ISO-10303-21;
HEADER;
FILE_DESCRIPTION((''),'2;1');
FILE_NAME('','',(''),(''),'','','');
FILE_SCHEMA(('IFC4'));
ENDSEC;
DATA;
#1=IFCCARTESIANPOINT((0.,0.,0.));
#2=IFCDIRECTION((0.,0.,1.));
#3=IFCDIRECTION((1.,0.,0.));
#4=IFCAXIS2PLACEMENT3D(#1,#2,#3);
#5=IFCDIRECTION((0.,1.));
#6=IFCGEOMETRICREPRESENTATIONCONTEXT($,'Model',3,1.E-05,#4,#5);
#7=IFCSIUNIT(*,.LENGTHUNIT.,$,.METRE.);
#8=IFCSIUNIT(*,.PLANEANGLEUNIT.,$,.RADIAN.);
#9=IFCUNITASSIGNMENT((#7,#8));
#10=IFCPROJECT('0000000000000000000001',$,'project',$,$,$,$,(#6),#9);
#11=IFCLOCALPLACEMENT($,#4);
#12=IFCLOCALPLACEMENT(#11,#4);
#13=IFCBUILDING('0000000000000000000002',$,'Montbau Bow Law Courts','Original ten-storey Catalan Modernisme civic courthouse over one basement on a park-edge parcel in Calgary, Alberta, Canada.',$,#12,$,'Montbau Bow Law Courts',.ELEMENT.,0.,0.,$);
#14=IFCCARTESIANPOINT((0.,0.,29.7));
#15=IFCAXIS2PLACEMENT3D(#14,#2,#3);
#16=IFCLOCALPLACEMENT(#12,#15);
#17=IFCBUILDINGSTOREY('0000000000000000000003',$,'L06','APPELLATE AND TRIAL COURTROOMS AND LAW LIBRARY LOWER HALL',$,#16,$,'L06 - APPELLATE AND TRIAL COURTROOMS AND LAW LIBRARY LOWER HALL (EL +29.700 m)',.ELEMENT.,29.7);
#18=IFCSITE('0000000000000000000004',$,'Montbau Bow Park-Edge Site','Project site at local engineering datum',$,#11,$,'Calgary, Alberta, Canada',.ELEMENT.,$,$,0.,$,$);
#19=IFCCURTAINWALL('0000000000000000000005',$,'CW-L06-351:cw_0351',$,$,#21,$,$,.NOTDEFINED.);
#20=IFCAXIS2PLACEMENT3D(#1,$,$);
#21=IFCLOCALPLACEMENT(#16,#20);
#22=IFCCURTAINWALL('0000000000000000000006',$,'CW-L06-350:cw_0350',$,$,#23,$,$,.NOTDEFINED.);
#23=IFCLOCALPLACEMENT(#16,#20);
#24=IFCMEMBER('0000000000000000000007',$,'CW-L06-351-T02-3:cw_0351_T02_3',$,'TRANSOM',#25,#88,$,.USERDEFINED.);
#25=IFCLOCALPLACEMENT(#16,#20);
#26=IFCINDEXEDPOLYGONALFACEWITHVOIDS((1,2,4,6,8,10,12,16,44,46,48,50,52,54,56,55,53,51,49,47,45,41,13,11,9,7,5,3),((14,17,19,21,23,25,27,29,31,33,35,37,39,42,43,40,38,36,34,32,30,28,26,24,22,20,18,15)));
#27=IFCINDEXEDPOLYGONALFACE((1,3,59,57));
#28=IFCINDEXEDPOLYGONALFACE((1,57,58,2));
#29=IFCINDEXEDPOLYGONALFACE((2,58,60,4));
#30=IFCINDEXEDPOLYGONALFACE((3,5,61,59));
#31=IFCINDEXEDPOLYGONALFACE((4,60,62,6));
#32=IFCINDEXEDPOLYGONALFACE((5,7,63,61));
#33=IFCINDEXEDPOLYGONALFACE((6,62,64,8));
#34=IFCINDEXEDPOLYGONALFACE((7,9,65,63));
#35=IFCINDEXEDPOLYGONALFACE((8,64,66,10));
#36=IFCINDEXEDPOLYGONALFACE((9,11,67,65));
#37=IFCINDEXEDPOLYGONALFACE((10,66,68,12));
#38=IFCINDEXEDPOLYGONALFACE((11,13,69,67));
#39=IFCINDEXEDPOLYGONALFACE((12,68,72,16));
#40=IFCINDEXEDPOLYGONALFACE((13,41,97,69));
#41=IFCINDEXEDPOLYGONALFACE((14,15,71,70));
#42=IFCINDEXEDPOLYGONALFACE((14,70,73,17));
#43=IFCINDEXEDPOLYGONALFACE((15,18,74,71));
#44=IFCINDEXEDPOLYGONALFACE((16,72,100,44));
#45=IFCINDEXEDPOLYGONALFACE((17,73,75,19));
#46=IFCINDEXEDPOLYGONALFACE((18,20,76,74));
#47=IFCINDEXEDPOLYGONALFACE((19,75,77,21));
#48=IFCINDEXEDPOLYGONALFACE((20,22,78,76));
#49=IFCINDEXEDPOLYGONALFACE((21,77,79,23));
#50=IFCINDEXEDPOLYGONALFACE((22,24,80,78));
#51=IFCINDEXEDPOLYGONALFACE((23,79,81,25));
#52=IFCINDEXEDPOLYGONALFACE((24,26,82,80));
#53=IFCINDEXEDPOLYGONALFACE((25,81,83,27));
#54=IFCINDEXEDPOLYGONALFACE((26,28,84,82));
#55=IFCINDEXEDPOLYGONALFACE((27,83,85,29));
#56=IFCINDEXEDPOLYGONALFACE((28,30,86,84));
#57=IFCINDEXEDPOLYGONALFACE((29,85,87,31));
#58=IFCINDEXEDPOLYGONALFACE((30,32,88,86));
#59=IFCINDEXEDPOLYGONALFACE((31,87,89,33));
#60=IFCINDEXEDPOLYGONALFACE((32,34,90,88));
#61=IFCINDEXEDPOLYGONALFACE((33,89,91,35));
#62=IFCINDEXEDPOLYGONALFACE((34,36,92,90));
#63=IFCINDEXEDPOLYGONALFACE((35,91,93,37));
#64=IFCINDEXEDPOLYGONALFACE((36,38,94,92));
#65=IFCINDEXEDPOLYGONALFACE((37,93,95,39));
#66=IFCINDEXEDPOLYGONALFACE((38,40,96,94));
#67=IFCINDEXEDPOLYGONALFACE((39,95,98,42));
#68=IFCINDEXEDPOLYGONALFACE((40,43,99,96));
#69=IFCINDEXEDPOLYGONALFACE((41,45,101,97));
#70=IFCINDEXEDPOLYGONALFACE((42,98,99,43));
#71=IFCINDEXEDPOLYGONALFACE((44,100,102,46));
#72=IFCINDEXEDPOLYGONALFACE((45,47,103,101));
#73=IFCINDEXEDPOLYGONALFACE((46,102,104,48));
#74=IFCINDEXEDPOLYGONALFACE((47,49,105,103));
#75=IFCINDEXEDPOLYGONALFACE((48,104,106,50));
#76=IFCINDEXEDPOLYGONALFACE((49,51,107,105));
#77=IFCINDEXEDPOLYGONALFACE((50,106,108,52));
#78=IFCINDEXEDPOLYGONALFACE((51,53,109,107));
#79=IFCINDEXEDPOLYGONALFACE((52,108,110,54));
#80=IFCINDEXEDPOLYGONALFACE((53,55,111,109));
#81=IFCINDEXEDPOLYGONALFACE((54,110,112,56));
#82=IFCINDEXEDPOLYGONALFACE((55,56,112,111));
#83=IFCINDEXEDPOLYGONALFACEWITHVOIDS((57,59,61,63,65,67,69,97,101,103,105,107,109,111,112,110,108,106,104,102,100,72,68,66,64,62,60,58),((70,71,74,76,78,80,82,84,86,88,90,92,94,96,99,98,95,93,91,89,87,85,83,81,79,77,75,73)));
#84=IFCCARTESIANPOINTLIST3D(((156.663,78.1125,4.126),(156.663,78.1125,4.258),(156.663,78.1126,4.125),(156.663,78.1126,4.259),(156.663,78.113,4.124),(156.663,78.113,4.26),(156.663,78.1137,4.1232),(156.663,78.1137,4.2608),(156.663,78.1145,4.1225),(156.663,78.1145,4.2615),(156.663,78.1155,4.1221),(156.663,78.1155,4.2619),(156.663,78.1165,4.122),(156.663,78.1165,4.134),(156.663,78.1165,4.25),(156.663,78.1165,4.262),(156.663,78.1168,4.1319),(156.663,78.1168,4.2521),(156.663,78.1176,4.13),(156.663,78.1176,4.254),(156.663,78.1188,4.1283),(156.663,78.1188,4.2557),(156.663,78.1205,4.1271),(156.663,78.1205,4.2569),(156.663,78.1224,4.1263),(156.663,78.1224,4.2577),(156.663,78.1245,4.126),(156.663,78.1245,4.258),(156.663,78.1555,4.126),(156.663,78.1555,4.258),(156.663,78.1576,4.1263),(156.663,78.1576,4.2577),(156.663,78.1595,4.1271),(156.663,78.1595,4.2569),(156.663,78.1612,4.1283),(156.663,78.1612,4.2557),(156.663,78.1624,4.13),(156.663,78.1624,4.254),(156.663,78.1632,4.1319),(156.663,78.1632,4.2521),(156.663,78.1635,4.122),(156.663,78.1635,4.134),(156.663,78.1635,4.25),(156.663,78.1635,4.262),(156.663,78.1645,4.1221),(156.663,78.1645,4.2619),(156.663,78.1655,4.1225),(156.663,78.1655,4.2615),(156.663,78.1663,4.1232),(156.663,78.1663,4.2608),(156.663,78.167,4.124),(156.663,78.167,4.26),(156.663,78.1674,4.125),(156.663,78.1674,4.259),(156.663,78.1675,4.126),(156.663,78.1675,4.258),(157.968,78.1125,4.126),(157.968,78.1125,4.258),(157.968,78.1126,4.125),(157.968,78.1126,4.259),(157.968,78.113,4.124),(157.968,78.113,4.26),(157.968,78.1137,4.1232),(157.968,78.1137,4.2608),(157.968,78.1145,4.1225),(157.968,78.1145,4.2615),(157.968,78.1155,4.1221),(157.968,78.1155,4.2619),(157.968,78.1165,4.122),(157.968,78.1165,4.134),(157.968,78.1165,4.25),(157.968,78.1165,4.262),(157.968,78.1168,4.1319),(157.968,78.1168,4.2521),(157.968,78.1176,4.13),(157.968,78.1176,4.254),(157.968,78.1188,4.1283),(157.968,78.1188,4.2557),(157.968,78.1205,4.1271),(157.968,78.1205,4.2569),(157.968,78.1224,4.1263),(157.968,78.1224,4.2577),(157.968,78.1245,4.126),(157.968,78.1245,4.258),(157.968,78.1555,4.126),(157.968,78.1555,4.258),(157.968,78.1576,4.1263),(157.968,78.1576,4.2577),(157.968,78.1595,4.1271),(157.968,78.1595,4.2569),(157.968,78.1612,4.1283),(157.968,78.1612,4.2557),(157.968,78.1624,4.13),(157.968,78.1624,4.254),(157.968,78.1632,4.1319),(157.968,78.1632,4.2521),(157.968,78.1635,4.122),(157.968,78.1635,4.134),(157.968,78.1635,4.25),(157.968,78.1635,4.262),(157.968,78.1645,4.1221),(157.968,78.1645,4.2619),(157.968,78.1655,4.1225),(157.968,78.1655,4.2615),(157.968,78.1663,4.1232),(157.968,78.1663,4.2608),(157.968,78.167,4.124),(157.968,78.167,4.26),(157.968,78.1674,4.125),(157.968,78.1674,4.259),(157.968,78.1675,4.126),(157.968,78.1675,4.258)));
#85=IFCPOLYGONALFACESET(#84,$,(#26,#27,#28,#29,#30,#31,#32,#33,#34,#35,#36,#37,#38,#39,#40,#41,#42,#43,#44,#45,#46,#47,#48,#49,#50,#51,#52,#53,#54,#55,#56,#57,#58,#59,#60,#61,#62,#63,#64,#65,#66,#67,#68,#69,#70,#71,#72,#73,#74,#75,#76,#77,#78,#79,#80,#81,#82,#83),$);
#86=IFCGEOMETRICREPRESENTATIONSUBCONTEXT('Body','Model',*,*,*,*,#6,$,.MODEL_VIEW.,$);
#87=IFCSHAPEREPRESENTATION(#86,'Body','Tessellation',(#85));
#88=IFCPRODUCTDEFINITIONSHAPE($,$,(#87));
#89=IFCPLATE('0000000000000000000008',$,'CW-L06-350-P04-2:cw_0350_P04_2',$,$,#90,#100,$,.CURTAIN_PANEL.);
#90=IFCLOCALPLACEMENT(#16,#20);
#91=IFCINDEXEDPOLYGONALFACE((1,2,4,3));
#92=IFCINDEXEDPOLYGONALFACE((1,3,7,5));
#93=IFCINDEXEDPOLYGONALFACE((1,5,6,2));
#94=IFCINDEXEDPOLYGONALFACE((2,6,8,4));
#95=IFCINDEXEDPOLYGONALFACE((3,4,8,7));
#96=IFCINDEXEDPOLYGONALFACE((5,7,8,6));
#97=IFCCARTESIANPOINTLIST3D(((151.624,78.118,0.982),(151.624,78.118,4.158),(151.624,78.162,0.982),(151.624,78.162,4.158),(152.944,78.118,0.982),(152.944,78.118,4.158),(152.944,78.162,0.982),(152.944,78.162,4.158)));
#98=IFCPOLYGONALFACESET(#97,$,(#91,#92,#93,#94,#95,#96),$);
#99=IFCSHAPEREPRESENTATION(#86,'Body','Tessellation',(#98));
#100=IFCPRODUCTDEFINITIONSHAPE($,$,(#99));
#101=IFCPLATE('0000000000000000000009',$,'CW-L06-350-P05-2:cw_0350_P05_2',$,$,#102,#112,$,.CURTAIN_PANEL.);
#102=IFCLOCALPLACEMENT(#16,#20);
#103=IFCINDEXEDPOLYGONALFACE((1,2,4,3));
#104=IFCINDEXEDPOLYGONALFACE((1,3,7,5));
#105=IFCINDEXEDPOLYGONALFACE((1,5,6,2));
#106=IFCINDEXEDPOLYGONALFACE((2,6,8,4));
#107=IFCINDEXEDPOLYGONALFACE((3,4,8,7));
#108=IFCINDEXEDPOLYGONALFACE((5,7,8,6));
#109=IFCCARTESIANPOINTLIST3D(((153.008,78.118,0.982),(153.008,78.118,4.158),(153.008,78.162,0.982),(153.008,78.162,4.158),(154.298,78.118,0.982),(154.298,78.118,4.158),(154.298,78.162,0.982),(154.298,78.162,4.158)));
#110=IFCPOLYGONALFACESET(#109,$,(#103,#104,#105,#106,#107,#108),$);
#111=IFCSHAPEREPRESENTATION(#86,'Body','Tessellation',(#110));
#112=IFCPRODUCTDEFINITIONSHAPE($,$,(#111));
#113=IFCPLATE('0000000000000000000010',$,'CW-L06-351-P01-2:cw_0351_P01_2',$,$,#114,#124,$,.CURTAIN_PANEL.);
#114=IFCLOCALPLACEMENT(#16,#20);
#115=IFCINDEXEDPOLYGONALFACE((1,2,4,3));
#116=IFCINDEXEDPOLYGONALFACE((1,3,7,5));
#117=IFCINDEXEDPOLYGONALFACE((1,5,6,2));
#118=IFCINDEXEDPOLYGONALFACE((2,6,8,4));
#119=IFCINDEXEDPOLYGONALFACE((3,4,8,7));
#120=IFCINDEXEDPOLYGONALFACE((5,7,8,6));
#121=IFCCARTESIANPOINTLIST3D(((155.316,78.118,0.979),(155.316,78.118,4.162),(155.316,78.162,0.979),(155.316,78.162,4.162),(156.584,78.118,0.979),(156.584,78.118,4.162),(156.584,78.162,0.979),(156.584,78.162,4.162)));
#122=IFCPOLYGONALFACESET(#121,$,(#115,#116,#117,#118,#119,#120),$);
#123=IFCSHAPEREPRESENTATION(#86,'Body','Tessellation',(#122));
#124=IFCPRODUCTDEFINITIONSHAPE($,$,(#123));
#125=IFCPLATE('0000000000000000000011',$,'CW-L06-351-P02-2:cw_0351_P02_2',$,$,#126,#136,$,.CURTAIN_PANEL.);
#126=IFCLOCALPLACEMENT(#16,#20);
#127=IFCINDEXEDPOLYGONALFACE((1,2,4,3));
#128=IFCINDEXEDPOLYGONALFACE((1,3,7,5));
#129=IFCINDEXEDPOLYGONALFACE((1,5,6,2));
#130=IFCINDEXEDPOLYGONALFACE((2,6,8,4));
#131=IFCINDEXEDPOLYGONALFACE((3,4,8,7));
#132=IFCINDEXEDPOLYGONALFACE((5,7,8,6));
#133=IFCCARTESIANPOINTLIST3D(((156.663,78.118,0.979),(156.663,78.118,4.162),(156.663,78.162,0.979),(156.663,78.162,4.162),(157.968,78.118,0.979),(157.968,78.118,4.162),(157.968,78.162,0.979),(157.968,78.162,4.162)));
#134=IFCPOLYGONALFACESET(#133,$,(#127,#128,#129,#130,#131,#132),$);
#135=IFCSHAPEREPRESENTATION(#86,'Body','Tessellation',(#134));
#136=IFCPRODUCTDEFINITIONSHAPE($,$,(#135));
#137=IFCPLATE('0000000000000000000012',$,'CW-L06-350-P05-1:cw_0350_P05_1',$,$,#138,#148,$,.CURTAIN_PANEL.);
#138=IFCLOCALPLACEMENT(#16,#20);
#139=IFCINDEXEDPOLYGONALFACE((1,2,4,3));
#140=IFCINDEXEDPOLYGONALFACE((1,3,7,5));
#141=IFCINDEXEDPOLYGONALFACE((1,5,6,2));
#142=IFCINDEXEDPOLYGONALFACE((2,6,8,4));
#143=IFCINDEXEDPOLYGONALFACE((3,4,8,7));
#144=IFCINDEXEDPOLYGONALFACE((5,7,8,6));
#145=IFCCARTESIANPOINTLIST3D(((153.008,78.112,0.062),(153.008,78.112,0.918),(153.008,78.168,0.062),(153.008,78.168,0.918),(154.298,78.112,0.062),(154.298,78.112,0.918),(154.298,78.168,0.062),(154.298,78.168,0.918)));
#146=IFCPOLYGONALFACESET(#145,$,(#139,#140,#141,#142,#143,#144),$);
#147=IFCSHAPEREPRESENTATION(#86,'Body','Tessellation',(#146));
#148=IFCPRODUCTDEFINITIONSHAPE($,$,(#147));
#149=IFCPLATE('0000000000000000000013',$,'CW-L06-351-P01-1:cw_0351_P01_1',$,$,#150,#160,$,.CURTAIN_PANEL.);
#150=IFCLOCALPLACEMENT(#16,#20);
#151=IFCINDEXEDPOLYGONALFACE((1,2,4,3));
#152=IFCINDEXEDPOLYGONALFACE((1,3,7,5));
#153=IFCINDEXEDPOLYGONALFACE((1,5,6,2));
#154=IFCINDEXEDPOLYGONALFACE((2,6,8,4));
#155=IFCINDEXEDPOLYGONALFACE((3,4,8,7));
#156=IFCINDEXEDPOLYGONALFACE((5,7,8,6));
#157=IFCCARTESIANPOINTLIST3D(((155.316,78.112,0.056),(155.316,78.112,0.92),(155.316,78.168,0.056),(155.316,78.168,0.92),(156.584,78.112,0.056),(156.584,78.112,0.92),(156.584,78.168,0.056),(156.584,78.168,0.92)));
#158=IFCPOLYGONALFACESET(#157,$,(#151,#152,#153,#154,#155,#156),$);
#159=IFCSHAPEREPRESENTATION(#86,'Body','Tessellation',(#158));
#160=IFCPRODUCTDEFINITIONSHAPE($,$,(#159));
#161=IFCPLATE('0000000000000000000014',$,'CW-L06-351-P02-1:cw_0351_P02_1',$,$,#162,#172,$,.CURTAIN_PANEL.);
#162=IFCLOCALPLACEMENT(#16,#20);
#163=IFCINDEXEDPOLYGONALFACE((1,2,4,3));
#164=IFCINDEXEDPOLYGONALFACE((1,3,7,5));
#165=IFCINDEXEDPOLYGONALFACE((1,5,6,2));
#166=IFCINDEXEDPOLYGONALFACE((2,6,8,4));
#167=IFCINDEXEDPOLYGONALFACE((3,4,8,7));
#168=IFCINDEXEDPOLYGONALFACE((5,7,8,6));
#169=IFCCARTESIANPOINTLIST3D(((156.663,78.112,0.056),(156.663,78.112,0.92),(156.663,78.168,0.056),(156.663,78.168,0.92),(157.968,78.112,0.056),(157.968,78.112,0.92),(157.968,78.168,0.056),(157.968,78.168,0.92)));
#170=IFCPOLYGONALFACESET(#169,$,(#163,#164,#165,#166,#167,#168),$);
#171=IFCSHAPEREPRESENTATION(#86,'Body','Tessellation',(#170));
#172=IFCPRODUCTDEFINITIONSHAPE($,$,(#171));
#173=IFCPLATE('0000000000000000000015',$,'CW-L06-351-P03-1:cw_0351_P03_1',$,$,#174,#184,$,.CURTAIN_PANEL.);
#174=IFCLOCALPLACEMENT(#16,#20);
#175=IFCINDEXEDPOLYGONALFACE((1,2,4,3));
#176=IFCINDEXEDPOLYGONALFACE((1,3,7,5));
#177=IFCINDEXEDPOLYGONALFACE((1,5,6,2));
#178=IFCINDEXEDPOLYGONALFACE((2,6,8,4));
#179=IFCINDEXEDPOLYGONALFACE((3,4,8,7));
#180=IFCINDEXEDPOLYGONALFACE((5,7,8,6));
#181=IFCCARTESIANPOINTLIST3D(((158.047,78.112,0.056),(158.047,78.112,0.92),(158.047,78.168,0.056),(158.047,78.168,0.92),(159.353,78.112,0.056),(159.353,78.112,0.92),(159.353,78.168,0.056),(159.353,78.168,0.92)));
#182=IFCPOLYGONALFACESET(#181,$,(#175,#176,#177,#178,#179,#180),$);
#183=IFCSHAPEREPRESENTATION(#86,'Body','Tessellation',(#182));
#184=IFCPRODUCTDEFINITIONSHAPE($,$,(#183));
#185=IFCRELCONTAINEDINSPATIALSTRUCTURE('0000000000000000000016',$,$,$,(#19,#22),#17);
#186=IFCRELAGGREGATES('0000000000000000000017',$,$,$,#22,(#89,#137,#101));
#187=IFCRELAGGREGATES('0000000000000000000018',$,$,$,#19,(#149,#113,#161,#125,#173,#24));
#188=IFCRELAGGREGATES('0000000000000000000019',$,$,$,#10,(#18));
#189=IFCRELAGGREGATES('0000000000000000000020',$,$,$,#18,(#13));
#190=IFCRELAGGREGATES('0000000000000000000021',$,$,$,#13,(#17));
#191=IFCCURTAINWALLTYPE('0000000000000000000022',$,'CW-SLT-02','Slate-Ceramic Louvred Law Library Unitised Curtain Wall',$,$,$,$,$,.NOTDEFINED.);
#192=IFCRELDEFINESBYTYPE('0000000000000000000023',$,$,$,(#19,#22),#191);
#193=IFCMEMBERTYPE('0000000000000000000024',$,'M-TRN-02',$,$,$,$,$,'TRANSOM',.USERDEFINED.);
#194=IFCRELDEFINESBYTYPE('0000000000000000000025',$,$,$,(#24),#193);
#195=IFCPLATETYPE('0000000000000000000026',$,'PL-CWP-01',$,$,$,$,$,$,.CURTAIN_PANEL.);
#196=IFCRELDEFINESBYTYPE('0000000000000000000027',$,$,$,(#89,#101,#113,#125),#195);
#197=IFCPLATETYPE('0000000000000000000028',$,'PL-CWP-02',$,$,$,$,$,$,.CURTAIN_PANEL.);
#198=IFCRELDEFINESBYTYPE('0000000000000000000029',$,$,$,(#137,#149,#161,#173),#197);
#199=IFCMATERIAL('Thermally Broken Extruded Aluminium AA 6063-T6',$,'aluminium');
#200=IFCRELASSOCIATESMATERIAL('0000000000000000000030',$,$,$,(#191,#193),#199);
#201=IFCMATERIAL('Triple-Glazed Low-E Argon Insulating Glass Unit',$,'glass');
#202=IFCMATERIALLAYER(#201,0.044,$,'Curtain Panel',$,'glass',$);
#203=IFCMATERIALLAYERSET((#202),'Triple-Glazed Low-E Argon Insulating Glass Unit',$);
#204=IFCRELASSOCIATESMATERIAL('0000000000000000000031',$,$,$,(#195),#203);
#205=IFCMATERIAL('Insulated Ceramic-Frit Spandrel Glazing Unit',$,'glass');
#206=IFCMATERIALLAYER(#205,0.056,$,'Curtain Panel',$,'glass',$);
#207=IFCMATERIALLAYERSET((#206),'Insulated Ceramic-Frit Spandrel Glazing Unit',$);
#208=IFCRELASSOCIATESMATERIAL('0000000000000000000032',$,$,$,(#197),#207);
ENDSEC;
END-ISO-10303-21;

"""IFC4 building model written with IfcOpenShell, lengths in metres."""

from ifc_helpers import new_model, si_unit, direction, frame, frame_2d, origin_with_axes, origin_2d_with_axis, place, context, subcontext, project, spatial, rectangle, hollow_rectangle, extrude, material, layer, layer_set, material_profile, profile_set, type_object, element, aggregate, save


model = new_model("IFC4")

# Units and contexts
model_context = context("Model", 3, precision=1e-05, world=origin_with_axes(), true_north=direction((0.0, 1.0)))
body_context = subcontext(model_context, "Body", "Model", "MODEL_VIEW")
ifc_project = project(units=[si_unit("LENGTHUNIT", "METRE"), si_unit("PLANEANGLEUNIT", "RADIAN")], contexts=[model_context])

# Site, building, storey
site_placement = place(None, origin_with_axes())
site = spatial("IfcSite", under=ifc_project, at=site_placement, Name="Montbau Bow Park-Edge Site", Description="Project site at local engineering datum", LongName="Calgary, Alberta, Canada", CompositionType="ELEMENT", RefElevation=0.0)
building_placement = place(site_placement, origin_with_axes())
building = spatial("IfcBuilding", under=site, at=building_placement, Name="Montbau Bow Law Courts", Description="Original ten-storey Catalan Modernisme civic courthouse over one basement on a park-edge parcel in Calgary, Alberta, Canada.", LongName="Montbau Bow Law Courts", CompositionType="ELEMENT", ElevationOfRefHeight=0.0, ElevationOfTerrain=0.0)
storey_placement = place(building_placement, frame((0.0, 0.0, 29.7), z_axis=(0.0, 0.0, 1.0), x_axis=(1.0, 0.0, 0.0)))
storey = spatial("IfcBuildingStorey", under=building, at=storey_placement, Name="L06", Description="APPELLATE AND TRIAL COURTROOMS AND LAW LIBRARY LOWER HALL", LongName="L06 - APPELLATE AND TRIAL COURTROOMS AND LAW LIBRARY LOWER HALL (EL +29.700 m)", CompositionType="ELEMENT", Elevation=29.7)

# Curtain walls
ifc_material_1 = material(Name="Thermally Broken Extruded Aluminium AA 6063-T6", Category="aluminium")
curtain_wall_type = type_object("IfcCurtainWallType", Name="CW-SLT-02", Description="Slate-Ceramic Louvred Law Library Unitised Curtain Wall", PredefinedType="NOTDEFINED", material=ifc_material_1)
curtain_wall_1_placement = place(None, frame((155.24, 78.14, 29.7), z_axis=(0.0, 0.0, 1.0), x_axis=(1.0, 0.0, 0.0)))
curtain_wall_1 = element("IfcCurtainWall", 1, at=curtain_wall_1_placement, inside=storey, type_object=curtain_wall_type, Name="CW-L06-351:cw_0351", PredefinedType="NOTDEFINED")
curtain_wall_2_placement = place(None, frame((147.44, 78.14, 29.7), z_axis=(0.0, 0.0, 1.0), x_axis=(1.0, 0.0, 0.0)))
curtain_wall_2 = element("IfcCurtainWall", 2, at=curtain_wall_2_placement, inside=storey, type_object=curtain_wall_type, Name="CW-L06-350:cw_0350", PredefinedType="NOTDEFINED")

# Member
ifc_material_profile_1 = material_profile(ifc_material_1, hollow_rectangle(XDim=0.055, YDim=0.14, WallThickness=0.004, InnerFilletRadius=0.008, OuterFilletRadius=0.004, at=origin_2d_with_axis()), Name="CWT-140X55", Category="Main", Priority=0)
ifc_profile_set_1 = profile_set([ifc_material_profile_1], Name="Thermally Broken Extruded Aluminium AA 6063-T6")
member_type_1 = type_object("IfcMemberType", Name="M-TRN-02", ElementType="TRANSOM", PredefinedType="USERDEFINED", material=ifc_profile_set_1)
member_1_placement = place(None, frame((156.663, 78.14, 33.892), z_axis=(1.0, 0.0, 0.0), x_axis=(0.0, 1.0, 0.0)))
member_1 = element("IfcMember", 3, at=member_1_placement, type_object=member_type_1, Name="CW-L06-351-T02-3:cw_0351_T02_3", ObjectType="TRANSOM", PredefinedType="USERDEFINED", context=body_context, shape_type="SweptSolid", body=[
    extrude(hollow_rectangle(XDim=0.055, YDim=0.14, WallThickness=0.004, InnerFilletRadius=0.008, OuterFilletRadius=0.004, at=origin_2d_with_axis()), origin_with_axes(), (0.0, 0.0, 1.0), 1.305),
])

# Plates
ifc_material_2 = material(Name="Triple-Glazed Low-E Argon Insulating Glass Unit", Category="glass")
ifc_layer_1 = layer(ifc_material_2, 0.044, Name="Curtain Panel", Category="glass")
ifc_layer_set_1 = layer_set([ifc_layer_1], Name="Triple-Glazed Low-E Argon Insulating Glass Unit")
plate_type_1 = type_object("IfcPlateType", Name="PL-CWP-01", PredefinedType="CURTAIN_PANEL", material=ifc_layer_set_1)
plate_1_placement = place(None, frame((151.624, 78.14, 30.682), z_axis=(0.0, -1.0, 0.0), x_axis=(1.0, 0.0, 0.0)))
plate_1 = element("IfcPlate", 4, at=plate_1_placement, type_object=plate_type_1, Name="CW-L06-350-P04-2:cw_0350_P04_2", PredefinedType="CURTAIN_PANEL", context=body_context, shape_type="SweptSolid", body=[
    extrude(rectangle(XDim=1.32, YDim=3.176, at=frame_2d((0.66, 1.588), x_axis=(1.0, 0.0))), frame((0.0, 0.0, -0.022), z_axis=(0.0, 0.0, 1.0), x_axis=(1.0, 0.0, 0.0)), (0.0, 0.0, 1.0), 0.044),
])
plate_2_placement = place(None, frame((153.008, 78.14, 30.682), z_axis=(0.0, -1.0, 0.0), x_axis=(1.0, 0.0, 0.0)))
plate_2 = element("IfcPlate", 5, at=plate_2_placement, type_object=plate_type_1, Name="CW-L06-350-P05-2:cw_0350_P05_2", PredefinedType="CURTAIN_PANEL", context=body_context, shape_type="SweptSolid", body=[
    extrude(rectangle(XDim=1.29, YDim=3.176, at=frame_2d((0.645, 1.588), x_axis=(1.0, 0.0))), frame((0.0, 0.0, -0.022), z_axis=(0.0, 0.0, 1.0), x_axis=(1.0, 0.0, 0.0)), (0.0, 0.0, 1.0), 0.044),
])
plate_3_placement = place(None, frame((155.316, 78.14, 30.679), z_axis=(0.0, -1.0, 0.0), x_axis=(1.0, 0.0, 0.0)))
plate_3 = element("IfcPlate", 6, at=plate_3_placement, type_object=plate_type_1, Name="CW-L06-351-P01-2:cw_0351_P01_2", PredefinedType="CURTAIN_PANEL", context=body_context, shape_type="SweptSolid", body=[
    extrude(rectangle(XDim=1.268, YDim=3.183, at=frame_2d((0.634, 1.5915), x_axis=(1.0, 0.0))), frame((0.0, 0.0, -0.022), z_axis=(0.0, 0.0, 1.0), x_axis=(1.0, 0.0, 0.0)), (0.0, 0.0, 1.0), 0.044),
])
plate_4_placement = place(None, frame((156.663, 78.14, 30.679), z_axis=(0.0, -1.0, 0.0), x_axis=(1.0, 0.0, 0.0)))
plate_4 = element("IfcPlate", 7, at=plate_4_placement, type_object=plate_type_1, Name="CW-L06-351-P02-2:cw_0351_P02_2", PredefinedType="CURTAIN_PANEL", context=body_context, shape_type="SweptSolid", body=[
    extrude(rectangle(XDim=1.305, YDim=3.183, at=frame_2d((0.6525, 1.5915), x_axis=(1.0, 0.0))), frame((0.0, 0.0, -0.022), z_axis=(0.0, 0.0, 1.0), x_axis=(1.0, 0.0, 0.0)), (0.0, 0.0, 1.0), 0.044),
])
ifc_material_3 = material(Name="Insulated Ceramic-Frit Spandrel Glazing Unit", Category="glass")
ifc_layer_2 = layer(ifc_material_3, 0.056, Name="Curtain Panel", Category="glass")
ifc_layer_set_2 = layer_set([ifc_layer_2], Name="Insulated Ceramic-Frit Spandrel Glazing Unit")
plate_type_2 = type_object("IfcPlateType", Name="PL-CWP-02", PredefinedType="CURTAIN_PANEL", material=ifc_layer_set_2)
plate_5_placement = place(None, frame((153.008, 78.14, 29.762), z_axis=(0.0, -1.0, 0.0), x_axis=(1.0, 0.0, 0.0)))
plate_5 = element("IfcPlate", 8, at=plate_5_placement, type_object=plate_type_2, Name="CW-L06-350-P05-1:cw_0350_P05_1", PredefinedType="CURTAIN_PANEL", context=body_context, shape_type="SweptSolid", body=[
    extrude(rectangle(XDim=1.29, YDim=0.856, at=frame_2d((0.645, 0.428), x_axis=(1.0, 0.0))), frame((0.0, 0.0, -0.028), z_axis=(0.0, 0.0, 1.0), x_axis=(1.0, 0.0, 0.0)), (0.0, 0.0, 1.0), 0.056),
])
aggregate(curtain_wall_2, [plate_1, plate_5, plate_2])
plate_6_placement = place(None, frame((155.316, 78.14, 29.756), z_axis=(0.0, -1.0, 0.0), x_axis=(1.0, 0.0, 0.0)))
plate_6 = element("IfcPlate", 9, at=plate_6_placement, type_object=plate_type_2, Name="CW-L06-351-P01-1:cw_0351_P01_1", PredefinedType="CURTAIN_PANEL", context=body_context, shape_type="SweptSolid", body=[
    extrude(rectangle(XDim=1.268, YDim=0.864, at=frame_2d((0.634, 0.432), x_axis=(1.0, 0.0))), frame((0.0, 0.0, -0.028), z_axis=(0.0, 0.0, 1.0), x_axis=(1.0, 0.0, 0.0)), (0.0, 0.0, 1.0), 0.056),
])
plate_7_placement = place(None, frame((156.663, 78.14, 29.756), z_axis=(0.0, -1.0, 0.0), x_axis=(1.0, 0.0, 0.0)))
plate_7 = element("IfcPlate", 10, at=plate_7_placement, type_object=plate_type_2, Name="CW-L06-351-P02-1:cw_0351_P02_1", PredefinedType="CURTAIN_PANEL", context=body_context, shape_type="SweptSolid", body=[
    extrude(rectangle(XDim=1.305, YDim=0.864, at=frame_2d((0.6525, 0.432), x_axis=(1.0, 0.0))), frame((0.0, 0.0, -0.028), z_axis=(0.0, 0.0, 1.0), x_axis=(1.0, 0.0, 0.0)), (0.0, 0.0, 1.0), 0.056),
])
plate_8_placement = place(None, frame((158.047, 78.14, 29.756), z_axis=(0.0, -1.0, 0.0), x_axis=(1.0, 0.0, 0.0)))
plate_8 = element("IfcPlate", 11, at=plate_8_placement, type_object=plate_type_2, Name="CW-L06-351-P03-1:cw_0351_P03_1", PredefinedType="CURTAIN_PANEL", context=body_context, shape_type="SweptSolid", body=[
    extrude(rectangle(XDim=1.306, YDim=0.864, at=frame_2d((0.653, 0.432), x_axis=(1.0, 0.0))), frame((0.0, 0.0, -0.028), z_axis=(0.0, 0.0, 1.0), x_axis=(1.0, 0.0, 0.0)), (0.0, 0.0, 1.0), 0.056),
])
aggregate(curtain_wall_1, [plate_6, plate_3, plate_7, plate_4, plate_8, member_1])

save(model, "model.ifc")
